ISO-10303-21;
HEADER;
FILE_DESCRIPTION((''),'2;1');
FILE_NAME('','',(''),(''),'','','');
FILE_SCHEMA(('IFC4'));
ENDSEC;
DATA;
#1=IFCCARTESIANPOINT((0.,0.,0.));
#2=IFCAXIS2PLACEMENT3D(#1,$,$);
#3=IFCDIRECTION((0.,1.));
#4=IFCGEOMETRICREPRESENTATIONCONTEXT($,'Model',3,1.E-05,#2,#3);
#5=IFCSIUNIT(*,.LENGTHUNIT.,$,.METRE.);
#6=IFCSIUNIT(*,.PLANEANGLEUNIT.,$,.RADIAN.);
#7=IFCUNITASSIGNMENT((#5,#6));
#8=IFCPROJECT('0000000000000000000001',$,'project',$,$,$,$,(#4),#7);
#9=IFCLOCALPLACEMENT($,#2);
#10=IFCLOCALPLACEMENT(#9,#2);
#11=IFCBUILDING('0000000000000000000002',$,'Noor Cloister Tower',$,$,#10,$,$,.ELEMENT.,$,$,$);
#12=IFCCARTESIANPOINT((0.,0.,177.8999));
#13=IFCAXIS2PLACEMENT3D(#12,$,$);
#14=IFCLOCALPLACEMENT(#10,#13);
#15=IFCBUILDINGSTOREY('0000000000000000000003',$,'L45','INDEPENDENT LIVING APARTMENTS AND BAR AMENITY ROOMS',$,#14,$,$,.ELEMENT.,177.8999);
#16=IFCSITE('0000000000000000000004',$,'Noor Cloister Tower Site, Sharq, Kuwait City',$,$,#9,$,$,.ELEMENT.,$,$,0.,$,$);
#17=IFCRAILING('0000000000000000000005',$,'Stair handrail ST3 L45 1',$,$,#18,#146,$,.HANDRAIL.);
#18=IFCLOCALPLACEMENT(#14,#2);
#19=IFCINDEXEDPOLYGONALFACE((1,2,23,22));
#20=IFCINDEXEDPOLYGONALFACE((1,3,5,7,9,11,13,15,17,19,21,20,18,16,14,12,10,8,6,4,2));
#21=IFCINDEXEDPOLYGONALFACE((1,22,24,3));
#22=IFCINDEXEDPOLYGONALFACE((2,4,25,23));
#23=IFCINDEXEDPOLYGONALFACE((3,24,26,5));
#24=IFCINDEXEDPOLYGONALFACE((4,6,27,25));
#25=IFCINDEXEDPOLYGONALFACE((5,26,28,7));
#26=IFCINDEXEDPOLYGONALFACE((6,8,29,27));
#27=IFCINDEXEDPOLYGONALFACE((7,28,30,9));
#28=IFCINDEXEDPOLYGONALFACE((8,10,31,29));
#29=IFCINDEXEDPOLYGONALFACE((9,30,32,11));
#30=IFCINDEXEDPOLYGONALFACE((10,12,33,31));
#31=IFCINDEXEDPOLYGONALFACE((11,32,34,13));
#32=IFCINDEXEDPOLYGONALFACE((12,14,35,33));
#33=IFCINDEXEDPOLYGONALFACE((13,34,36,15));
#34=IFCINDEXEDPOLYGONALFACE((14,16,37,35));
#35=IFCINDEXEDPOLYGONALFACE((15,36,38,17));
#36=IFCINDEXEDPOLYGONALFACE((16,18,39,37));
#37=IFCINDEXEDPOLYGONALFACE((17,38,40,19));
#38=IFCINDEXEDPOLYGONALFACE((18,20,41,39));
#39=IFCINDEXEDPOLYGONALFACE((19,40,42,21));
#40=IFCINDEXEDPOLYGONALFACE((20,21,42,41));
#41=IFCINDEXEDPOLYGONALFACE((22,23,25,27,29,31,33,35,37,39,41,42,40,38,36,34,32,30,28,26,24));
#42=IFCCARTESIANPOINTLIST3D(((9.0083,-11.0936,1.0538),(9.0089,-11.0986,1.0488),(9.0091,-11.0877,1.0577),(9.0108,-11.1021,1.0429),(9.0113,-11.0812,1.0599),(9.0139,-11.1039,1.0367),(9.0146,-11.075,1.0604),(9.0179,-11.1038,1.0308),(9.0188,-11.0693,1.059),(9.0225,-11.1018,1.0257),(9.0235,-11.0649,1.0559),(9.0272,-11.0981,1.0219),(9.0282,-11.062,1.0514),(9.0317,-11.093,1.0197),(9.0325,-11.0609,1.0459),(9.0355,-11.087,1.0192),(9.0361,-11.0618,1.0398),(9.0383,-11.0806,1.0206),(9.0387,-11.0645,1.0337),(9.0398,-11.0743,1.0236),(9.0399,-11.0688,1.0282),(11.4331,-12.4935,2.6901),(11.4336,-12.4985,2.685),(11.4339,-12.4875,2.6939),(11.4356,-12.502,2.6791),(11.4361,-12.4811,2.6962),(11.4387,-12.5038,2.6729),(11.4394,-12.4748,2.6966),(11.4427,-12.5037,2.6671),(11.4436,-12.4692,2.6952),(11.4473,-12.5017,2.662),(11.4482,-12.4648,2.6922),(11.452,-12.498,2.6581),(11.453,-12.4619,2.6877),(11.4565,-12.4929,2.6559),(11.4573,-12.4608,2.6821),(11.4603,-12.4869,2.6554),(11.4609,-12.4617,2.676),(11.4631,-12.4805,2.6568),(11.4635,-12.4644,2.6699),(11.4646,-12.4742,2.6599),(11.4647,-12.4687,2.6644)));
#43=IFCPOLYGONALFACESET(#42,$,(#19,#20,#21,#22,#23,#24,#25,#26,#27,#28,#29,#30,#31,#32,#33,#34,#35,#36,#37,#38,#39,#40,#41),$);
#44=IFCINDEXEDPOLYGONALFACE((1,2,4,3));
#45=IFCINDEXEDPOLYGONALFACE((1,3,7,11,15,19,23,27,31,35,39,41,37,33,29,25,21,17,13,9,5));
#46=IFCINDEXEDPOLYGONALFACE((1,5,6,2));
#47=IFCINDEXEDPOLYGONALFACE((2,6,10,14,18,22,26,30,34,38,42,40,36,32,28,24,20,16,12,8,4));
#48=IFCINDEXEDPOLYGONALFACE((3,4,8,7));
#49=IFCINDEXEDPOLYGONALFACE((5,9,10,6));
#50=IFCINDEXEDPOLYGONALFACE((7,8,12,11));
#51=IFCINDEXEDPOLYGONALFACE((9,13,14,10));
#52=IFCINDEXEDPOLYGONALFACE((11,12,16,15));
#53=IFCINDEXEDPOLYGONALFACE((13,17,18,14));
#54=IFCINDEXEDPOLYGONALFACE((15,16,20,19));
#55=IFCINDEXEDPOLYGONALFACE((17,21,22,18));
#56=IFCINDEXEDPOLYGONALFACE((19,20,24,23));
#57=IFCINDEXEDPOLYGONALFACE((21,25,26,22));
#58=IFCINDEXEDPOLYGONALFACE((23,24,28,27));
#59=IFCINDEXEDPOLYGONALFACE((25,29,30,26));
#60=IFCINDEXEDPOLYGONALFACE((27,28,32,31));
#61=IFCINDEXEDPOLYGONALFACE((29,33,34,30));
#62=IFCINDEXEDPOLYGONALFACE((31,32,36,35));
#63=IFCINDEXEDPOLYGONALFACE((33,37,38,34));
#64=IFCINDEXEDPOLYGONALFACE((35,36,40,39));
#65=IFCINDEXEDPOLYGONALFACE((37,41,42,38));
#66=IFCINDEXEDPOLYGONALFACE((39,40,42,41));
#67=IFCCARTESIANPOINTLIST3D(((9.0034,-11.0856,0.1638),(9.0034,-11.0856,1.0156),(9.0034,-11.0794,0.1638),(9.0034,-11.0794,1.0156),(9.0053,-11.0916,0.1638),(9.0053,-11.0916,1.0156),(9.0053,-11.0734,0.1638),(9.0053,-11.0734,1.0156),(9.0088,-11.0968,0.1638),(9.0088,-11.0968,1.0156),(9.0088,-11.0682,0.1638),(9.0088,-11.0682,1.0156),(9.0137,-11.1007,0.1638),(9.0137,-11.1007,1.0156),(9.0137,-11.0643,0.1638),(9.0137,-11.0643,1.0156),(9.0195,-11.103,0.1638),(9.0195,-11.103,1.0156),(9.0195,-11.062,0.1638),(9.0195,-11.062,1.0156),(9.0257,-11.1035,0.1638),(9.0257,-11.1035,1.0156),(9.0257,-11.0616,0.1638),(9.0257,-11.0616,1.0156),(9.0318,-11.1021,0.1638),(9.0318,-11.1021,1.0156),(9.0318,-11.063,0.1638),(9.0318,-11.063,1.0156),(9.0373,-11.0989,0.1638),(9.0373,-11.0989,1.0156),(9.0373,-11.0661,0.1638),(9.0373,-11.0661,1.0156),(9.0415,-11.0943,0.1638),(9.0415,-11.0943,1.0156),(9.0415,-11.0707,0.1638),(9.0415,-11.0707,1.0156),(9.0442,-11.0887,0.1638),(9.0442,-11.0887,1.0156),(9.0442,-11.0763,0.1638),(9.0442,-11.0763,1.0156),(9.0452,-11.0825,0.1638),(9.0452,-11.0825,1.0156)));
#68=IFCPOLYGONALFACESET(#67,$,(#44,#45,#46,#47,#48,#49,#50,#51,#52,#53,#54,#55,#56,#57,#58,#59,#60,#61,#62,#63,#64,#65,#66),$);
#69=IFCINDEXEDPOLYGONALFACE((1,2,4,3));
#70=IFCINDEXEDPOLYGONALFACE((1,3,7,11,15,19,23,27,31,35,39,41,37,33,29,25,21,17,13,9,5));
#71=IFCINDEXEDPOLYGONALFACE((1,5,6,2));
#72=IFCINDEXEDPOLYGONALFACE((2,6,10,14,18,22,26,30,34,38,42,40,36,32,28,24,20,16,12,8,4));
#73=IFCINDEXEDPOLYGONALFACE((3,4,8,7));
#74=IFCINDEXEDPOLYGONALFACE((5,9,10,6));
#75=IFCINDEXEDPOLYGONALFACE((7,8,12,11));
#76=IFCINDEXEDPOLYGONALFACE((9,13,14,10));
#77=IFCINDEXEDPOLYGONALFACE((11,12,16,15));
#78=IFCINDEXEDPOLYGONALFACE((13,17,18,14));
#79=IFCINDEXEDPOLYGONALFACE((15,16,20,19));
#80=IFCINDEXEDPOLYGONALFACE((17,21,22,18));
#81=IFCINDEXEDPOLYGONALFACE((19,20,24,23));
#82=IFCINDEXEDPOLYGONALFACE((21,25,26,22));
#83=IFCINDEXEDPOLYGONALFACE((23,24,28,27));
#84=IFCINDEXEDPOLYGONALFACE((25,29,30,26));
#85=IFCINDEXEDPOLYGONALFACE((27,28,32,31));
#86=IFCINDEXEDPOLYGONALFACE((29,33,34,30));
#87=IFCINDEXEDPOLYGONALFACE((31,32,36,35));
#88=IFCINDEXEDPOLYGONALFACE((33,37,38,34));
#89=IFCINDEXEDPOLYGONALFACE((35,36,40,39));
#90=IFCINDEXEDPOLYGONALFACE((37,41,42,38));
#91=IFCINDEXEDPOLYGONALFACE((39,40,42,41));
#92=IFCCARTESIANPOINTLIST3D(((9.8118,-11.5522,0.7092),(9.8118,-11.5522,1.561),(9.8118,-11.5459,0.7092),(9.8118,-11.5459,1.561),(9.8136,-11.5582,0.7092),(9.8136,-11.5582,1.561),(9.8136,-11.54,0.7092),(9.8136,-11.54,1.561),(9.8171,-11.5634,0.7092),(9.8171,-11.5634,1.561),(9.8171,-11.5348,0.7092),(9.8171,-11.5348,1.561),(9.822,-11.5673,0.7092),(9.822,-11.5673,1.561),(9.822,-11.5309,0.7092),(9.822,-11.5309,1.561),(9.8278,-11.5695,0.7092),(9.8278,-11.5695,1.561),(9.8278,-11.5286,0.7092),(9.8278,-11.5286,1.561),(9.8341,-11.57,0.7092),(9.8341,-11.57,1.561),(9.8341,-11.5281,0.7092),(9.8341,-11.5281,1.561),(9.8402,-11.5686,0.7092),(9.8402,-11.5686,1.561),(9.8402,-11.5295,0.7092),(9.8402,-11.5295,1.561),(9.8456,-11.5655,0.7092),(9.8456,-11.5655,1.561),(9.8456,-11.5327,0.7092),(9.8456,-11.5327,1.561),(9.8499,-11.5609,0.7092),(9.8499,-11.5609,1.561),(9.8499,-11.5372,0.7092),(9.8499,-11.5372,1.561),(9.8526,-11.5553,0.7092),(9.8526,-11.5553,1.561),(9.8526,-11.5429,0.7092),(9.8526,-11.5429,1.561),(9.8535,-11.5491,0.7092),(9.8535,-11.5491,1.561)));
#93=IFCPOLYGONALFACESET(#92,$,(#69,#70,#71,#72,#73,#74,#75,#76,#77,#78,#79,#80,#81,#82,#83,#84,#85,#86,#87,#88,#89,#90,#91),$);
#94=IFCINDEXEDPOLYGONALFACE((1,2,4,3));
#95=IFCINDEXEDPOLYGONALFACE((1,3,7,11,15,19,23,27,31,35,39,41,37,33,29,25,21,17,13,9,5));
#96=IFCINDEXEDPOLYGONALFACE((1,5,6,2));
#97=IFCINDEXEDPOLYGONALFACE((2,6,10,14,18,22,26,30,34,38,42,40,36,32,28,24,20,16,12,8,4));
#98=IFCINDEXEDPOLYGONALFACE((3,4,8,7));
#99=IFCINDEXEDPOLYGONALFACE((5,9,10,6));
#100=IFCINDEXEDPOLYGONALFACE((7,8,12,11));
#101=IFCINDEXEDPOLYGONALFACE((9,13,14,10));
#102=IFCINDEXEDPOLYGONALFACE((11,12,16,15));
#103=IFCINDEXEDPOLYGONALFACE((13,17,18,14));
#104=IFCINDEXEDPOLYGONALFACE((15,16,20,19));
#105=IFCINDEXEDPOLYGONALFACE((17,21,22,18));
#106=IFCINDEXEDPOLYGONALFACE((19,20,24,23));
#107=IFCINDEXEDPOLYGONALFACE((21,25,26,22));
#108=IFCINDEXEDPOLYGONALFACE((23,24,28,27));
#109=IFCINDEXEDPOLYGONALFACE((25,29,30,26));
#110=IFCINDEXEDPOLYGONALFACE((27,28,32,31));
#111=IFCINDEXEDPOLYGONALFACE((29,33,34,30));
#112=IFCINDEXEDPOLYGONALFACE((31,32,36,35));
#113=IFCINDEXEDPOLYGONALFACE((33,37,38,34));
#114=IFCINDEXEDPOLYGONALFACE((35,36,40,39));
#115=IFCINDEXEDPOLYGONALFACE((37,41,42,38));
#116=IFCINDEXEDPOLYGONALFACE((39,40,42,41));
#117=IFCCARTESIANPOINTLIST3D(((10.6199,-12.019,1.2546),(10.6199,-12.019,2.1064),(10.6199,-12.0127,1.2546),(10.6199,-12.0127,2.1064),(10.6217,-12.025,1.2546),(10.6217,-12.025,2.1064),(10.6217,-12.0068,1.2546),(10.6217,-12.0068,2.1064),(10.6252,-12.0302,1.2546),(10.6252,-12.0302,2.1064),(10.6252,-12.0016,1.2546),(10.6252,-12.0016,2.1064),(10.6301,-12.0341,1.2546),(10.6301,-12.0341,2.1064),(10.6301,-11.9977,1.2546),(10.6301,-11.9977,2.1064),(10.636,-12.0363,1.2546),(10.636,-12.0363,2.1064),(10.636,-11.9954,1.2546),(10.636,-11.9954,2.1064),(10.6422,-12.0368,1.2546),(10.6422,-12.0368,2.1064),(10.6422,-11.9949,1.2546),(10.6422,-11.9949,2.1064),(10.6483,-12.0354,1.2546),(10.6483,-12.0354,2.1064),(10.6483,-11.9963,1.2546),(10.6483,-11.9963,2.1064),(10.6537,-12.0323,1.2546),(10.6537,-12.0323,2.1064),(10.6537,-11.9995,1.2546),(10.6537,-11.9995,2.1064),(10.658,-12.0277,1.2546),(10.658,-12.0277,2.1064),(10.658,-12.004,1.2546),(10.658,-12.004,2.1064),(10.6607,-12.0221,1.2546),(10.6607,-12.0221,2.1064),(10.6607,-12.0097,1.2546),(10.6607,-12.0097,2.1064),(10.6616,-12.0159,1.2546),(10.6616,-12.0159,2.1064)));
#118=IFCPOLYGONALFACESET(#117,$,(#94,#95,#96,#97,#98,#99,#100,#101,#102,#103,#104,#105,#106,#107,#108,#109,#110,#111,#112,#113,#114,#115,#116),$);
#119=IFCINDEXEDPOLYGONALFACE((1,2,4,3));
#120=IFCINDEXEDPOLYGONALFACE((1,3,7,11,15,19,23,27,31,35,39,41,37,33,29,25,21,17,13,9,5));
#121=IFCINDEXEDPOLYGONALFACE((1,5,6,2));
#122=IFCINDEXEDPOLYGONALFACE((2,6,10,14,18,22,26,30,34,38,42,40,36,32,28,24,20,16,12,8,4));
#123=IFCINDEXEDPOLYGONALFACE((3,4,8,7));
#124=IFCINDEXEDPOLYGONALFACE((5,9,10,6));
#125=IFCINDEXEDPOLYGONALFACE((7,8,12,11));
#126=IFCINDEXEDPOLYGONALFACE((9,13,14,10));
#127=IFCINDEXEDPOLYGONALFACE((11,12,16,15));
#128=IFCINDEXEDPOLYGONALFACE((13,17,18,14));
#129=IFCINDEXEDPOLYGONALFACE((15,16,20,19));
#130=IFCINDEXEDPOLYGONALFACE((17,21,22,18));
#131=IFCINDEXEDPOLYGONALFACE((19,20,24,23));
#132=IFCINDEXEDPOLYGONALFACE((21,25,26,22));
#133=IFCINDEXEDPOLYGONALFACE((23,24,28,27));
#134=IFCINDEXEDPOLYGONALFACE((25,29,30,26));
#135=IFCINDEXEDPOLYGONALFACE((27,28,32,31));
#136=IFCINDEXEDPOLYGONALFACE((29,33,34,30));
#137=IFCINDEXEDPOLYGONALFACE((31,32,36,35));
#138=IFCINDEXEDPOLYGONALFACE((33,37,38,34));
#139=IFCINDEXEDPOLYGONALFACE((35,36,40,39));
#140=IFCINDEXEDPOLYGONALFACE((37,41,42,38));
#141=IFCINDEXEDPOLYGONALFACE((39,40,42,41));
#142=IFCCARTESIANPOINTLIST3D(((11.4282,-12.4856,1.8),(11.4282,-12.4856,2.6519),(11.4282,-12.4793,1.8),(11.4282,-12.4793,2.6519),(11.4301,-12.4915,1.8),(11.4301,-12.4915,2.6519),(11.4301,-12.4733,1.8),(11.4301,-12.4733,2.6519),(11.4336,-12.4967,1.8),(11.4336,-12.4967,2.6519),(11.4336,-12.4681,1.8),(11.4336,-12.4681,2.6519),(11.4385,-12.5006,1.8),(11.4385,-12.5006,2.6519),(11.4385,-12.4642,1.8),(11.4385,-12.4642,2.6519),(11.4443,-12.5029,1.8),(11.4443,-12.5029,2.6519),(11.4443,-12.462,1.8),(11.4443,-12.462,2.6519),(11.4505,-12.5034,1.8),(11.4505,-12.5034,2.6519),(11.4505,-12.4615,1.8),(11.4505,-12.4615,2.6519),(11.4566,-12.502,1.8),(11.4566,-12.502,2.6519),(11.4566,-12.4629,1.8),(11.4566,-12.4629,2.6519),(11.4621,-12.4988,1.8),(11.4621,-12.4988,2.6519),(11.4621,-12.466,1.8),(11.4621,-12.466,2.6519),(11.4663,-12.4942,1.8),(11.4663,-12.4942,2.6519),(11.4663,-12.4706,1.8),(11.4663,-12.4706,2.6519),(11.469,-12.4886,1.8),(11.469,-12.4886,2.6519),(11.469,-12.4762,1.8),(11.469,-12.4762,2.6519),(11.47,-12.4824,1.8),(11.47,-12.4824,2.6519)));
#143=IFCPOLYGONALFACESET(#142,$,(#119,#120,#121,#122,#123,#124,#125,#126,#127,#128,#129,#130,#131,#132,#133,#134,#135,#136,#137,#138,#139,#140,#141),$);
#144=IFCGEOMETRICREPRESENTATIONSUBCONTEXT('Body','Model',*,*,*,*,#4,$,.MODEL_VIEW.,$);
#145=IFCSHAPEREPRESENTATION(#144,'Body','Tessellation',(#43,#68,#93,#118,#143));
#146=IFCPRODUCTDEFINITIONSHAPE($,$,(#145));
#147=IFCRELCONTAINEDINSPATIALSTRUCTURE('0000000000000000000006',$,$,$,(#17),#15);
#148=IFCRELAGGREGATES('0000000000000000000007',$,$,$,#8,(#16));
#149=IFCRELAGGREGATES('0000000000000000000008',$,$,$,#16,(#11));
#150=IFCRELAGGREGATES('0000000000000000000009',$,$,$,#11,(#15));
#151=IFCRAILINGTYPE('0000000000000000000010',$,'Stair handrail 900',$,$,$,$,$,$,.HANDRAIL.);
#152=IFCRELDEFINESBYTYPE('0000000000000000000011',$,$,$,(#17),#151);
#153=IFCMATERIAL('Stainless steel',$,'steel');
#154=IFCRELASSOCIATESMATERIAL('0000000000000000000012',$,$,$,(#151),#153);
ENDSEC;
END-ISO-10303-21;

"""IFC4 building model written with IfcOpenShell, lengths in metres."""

from ifc_helpers import new_model, si_unit, direction, frame, origin, origin_2d, place, context, subcontext, project, spatial, circle, extrude, material, type_object, element, save


model = new_model("IFC4")

# Units and contexts
model_context = context("Model", 3, precision=1e-05, world=origin(), true_north=direction((0.0, 1.0)))
body_context = subcontext(model_context, "Body", "Model", "MODEL_VIEW")
ifc_project = project(units=[si_unit("LENGTHUNIT", "METRE"), si_unit("PLANEANGLEUNIT", "RADIAN")], contexts=[model_context])

# Site, building, storey
site_placement = place(None, origin())
site = spatial("IfcSite", under=ifc_project, at=site_placement, Name="Noor Cloister Tower Site, Sharq, Kuwait City", CompositionType="ELEMENT", RefElevation=0.0)
building_placement = place(site_placement, origin())
building = spatial("IfcBuilding", under=site, at=building_placement, Name="Noor Cloister Tower", CompositionType="ELEMENT")
storey_placement = place(building_placement, frame((0.0, 0.0, 177.8999)))
storey = spatial("IfcBuildingStorey", under=building, at=storey_placement, Name="L45", Description="INDEPENDENT LIVING APARTMENTS AND BAR AMENITY ROOMS", CompositionType="ELEMENT", Elevation=177.8999)

# Railing
ifc_material_1 = material(Name="Stainless steel", Category="steel")
railing_type = type_object("IfcRailingType", Name="Stair handrail 900", PredefinedType="HANDRAIL", material=ifc_material_1)
railing_placement = place(storey_placement, frame((9.0242, -11.0825, 0.1638)))
element("IfcRailing", 1, at=railing_placement, inside=storey, type_object=railing_type, Name="Stair handrail ST3 L45 1", PredefinedType="HANDRAIL", context=body_context, shape_type="SweptSolid", body=[
    extrude(circle(Radius=0.0239, at=origin_2d()), frame((0.0, 0.0, 0.876), z_axis=(0.747718, -0.431677, 0.504552), x_axis=(0.499984, 0.866035, 0.0)), (0.0, 0.0, 1.0), 3.2429),
    extrude(circle(Radius=0.021, at=origin_2d()), origin(), (0.0, 0.0, 1.0), 0.8518),
    extrude(circle(Radius=0.021, at=origin_2d()), frame((0.8083, -0.4666, 0.5454)), (0.0, 0.0, 1.0), 0.8518),
    extrude(circle(Radius=0.021, at=origin_2d()), frame((1.6165, -0.9333, 1.0908)), (0.0, 0.0, 1.0), 0.8518),
    extrude(circle(Radius=0.021, at=origin_2d()), frame((2.4248, -1.3999, 1.6362)), (0.0, 0.0, 1.0), 0.8518),
])

save(model, "model.ifc")
